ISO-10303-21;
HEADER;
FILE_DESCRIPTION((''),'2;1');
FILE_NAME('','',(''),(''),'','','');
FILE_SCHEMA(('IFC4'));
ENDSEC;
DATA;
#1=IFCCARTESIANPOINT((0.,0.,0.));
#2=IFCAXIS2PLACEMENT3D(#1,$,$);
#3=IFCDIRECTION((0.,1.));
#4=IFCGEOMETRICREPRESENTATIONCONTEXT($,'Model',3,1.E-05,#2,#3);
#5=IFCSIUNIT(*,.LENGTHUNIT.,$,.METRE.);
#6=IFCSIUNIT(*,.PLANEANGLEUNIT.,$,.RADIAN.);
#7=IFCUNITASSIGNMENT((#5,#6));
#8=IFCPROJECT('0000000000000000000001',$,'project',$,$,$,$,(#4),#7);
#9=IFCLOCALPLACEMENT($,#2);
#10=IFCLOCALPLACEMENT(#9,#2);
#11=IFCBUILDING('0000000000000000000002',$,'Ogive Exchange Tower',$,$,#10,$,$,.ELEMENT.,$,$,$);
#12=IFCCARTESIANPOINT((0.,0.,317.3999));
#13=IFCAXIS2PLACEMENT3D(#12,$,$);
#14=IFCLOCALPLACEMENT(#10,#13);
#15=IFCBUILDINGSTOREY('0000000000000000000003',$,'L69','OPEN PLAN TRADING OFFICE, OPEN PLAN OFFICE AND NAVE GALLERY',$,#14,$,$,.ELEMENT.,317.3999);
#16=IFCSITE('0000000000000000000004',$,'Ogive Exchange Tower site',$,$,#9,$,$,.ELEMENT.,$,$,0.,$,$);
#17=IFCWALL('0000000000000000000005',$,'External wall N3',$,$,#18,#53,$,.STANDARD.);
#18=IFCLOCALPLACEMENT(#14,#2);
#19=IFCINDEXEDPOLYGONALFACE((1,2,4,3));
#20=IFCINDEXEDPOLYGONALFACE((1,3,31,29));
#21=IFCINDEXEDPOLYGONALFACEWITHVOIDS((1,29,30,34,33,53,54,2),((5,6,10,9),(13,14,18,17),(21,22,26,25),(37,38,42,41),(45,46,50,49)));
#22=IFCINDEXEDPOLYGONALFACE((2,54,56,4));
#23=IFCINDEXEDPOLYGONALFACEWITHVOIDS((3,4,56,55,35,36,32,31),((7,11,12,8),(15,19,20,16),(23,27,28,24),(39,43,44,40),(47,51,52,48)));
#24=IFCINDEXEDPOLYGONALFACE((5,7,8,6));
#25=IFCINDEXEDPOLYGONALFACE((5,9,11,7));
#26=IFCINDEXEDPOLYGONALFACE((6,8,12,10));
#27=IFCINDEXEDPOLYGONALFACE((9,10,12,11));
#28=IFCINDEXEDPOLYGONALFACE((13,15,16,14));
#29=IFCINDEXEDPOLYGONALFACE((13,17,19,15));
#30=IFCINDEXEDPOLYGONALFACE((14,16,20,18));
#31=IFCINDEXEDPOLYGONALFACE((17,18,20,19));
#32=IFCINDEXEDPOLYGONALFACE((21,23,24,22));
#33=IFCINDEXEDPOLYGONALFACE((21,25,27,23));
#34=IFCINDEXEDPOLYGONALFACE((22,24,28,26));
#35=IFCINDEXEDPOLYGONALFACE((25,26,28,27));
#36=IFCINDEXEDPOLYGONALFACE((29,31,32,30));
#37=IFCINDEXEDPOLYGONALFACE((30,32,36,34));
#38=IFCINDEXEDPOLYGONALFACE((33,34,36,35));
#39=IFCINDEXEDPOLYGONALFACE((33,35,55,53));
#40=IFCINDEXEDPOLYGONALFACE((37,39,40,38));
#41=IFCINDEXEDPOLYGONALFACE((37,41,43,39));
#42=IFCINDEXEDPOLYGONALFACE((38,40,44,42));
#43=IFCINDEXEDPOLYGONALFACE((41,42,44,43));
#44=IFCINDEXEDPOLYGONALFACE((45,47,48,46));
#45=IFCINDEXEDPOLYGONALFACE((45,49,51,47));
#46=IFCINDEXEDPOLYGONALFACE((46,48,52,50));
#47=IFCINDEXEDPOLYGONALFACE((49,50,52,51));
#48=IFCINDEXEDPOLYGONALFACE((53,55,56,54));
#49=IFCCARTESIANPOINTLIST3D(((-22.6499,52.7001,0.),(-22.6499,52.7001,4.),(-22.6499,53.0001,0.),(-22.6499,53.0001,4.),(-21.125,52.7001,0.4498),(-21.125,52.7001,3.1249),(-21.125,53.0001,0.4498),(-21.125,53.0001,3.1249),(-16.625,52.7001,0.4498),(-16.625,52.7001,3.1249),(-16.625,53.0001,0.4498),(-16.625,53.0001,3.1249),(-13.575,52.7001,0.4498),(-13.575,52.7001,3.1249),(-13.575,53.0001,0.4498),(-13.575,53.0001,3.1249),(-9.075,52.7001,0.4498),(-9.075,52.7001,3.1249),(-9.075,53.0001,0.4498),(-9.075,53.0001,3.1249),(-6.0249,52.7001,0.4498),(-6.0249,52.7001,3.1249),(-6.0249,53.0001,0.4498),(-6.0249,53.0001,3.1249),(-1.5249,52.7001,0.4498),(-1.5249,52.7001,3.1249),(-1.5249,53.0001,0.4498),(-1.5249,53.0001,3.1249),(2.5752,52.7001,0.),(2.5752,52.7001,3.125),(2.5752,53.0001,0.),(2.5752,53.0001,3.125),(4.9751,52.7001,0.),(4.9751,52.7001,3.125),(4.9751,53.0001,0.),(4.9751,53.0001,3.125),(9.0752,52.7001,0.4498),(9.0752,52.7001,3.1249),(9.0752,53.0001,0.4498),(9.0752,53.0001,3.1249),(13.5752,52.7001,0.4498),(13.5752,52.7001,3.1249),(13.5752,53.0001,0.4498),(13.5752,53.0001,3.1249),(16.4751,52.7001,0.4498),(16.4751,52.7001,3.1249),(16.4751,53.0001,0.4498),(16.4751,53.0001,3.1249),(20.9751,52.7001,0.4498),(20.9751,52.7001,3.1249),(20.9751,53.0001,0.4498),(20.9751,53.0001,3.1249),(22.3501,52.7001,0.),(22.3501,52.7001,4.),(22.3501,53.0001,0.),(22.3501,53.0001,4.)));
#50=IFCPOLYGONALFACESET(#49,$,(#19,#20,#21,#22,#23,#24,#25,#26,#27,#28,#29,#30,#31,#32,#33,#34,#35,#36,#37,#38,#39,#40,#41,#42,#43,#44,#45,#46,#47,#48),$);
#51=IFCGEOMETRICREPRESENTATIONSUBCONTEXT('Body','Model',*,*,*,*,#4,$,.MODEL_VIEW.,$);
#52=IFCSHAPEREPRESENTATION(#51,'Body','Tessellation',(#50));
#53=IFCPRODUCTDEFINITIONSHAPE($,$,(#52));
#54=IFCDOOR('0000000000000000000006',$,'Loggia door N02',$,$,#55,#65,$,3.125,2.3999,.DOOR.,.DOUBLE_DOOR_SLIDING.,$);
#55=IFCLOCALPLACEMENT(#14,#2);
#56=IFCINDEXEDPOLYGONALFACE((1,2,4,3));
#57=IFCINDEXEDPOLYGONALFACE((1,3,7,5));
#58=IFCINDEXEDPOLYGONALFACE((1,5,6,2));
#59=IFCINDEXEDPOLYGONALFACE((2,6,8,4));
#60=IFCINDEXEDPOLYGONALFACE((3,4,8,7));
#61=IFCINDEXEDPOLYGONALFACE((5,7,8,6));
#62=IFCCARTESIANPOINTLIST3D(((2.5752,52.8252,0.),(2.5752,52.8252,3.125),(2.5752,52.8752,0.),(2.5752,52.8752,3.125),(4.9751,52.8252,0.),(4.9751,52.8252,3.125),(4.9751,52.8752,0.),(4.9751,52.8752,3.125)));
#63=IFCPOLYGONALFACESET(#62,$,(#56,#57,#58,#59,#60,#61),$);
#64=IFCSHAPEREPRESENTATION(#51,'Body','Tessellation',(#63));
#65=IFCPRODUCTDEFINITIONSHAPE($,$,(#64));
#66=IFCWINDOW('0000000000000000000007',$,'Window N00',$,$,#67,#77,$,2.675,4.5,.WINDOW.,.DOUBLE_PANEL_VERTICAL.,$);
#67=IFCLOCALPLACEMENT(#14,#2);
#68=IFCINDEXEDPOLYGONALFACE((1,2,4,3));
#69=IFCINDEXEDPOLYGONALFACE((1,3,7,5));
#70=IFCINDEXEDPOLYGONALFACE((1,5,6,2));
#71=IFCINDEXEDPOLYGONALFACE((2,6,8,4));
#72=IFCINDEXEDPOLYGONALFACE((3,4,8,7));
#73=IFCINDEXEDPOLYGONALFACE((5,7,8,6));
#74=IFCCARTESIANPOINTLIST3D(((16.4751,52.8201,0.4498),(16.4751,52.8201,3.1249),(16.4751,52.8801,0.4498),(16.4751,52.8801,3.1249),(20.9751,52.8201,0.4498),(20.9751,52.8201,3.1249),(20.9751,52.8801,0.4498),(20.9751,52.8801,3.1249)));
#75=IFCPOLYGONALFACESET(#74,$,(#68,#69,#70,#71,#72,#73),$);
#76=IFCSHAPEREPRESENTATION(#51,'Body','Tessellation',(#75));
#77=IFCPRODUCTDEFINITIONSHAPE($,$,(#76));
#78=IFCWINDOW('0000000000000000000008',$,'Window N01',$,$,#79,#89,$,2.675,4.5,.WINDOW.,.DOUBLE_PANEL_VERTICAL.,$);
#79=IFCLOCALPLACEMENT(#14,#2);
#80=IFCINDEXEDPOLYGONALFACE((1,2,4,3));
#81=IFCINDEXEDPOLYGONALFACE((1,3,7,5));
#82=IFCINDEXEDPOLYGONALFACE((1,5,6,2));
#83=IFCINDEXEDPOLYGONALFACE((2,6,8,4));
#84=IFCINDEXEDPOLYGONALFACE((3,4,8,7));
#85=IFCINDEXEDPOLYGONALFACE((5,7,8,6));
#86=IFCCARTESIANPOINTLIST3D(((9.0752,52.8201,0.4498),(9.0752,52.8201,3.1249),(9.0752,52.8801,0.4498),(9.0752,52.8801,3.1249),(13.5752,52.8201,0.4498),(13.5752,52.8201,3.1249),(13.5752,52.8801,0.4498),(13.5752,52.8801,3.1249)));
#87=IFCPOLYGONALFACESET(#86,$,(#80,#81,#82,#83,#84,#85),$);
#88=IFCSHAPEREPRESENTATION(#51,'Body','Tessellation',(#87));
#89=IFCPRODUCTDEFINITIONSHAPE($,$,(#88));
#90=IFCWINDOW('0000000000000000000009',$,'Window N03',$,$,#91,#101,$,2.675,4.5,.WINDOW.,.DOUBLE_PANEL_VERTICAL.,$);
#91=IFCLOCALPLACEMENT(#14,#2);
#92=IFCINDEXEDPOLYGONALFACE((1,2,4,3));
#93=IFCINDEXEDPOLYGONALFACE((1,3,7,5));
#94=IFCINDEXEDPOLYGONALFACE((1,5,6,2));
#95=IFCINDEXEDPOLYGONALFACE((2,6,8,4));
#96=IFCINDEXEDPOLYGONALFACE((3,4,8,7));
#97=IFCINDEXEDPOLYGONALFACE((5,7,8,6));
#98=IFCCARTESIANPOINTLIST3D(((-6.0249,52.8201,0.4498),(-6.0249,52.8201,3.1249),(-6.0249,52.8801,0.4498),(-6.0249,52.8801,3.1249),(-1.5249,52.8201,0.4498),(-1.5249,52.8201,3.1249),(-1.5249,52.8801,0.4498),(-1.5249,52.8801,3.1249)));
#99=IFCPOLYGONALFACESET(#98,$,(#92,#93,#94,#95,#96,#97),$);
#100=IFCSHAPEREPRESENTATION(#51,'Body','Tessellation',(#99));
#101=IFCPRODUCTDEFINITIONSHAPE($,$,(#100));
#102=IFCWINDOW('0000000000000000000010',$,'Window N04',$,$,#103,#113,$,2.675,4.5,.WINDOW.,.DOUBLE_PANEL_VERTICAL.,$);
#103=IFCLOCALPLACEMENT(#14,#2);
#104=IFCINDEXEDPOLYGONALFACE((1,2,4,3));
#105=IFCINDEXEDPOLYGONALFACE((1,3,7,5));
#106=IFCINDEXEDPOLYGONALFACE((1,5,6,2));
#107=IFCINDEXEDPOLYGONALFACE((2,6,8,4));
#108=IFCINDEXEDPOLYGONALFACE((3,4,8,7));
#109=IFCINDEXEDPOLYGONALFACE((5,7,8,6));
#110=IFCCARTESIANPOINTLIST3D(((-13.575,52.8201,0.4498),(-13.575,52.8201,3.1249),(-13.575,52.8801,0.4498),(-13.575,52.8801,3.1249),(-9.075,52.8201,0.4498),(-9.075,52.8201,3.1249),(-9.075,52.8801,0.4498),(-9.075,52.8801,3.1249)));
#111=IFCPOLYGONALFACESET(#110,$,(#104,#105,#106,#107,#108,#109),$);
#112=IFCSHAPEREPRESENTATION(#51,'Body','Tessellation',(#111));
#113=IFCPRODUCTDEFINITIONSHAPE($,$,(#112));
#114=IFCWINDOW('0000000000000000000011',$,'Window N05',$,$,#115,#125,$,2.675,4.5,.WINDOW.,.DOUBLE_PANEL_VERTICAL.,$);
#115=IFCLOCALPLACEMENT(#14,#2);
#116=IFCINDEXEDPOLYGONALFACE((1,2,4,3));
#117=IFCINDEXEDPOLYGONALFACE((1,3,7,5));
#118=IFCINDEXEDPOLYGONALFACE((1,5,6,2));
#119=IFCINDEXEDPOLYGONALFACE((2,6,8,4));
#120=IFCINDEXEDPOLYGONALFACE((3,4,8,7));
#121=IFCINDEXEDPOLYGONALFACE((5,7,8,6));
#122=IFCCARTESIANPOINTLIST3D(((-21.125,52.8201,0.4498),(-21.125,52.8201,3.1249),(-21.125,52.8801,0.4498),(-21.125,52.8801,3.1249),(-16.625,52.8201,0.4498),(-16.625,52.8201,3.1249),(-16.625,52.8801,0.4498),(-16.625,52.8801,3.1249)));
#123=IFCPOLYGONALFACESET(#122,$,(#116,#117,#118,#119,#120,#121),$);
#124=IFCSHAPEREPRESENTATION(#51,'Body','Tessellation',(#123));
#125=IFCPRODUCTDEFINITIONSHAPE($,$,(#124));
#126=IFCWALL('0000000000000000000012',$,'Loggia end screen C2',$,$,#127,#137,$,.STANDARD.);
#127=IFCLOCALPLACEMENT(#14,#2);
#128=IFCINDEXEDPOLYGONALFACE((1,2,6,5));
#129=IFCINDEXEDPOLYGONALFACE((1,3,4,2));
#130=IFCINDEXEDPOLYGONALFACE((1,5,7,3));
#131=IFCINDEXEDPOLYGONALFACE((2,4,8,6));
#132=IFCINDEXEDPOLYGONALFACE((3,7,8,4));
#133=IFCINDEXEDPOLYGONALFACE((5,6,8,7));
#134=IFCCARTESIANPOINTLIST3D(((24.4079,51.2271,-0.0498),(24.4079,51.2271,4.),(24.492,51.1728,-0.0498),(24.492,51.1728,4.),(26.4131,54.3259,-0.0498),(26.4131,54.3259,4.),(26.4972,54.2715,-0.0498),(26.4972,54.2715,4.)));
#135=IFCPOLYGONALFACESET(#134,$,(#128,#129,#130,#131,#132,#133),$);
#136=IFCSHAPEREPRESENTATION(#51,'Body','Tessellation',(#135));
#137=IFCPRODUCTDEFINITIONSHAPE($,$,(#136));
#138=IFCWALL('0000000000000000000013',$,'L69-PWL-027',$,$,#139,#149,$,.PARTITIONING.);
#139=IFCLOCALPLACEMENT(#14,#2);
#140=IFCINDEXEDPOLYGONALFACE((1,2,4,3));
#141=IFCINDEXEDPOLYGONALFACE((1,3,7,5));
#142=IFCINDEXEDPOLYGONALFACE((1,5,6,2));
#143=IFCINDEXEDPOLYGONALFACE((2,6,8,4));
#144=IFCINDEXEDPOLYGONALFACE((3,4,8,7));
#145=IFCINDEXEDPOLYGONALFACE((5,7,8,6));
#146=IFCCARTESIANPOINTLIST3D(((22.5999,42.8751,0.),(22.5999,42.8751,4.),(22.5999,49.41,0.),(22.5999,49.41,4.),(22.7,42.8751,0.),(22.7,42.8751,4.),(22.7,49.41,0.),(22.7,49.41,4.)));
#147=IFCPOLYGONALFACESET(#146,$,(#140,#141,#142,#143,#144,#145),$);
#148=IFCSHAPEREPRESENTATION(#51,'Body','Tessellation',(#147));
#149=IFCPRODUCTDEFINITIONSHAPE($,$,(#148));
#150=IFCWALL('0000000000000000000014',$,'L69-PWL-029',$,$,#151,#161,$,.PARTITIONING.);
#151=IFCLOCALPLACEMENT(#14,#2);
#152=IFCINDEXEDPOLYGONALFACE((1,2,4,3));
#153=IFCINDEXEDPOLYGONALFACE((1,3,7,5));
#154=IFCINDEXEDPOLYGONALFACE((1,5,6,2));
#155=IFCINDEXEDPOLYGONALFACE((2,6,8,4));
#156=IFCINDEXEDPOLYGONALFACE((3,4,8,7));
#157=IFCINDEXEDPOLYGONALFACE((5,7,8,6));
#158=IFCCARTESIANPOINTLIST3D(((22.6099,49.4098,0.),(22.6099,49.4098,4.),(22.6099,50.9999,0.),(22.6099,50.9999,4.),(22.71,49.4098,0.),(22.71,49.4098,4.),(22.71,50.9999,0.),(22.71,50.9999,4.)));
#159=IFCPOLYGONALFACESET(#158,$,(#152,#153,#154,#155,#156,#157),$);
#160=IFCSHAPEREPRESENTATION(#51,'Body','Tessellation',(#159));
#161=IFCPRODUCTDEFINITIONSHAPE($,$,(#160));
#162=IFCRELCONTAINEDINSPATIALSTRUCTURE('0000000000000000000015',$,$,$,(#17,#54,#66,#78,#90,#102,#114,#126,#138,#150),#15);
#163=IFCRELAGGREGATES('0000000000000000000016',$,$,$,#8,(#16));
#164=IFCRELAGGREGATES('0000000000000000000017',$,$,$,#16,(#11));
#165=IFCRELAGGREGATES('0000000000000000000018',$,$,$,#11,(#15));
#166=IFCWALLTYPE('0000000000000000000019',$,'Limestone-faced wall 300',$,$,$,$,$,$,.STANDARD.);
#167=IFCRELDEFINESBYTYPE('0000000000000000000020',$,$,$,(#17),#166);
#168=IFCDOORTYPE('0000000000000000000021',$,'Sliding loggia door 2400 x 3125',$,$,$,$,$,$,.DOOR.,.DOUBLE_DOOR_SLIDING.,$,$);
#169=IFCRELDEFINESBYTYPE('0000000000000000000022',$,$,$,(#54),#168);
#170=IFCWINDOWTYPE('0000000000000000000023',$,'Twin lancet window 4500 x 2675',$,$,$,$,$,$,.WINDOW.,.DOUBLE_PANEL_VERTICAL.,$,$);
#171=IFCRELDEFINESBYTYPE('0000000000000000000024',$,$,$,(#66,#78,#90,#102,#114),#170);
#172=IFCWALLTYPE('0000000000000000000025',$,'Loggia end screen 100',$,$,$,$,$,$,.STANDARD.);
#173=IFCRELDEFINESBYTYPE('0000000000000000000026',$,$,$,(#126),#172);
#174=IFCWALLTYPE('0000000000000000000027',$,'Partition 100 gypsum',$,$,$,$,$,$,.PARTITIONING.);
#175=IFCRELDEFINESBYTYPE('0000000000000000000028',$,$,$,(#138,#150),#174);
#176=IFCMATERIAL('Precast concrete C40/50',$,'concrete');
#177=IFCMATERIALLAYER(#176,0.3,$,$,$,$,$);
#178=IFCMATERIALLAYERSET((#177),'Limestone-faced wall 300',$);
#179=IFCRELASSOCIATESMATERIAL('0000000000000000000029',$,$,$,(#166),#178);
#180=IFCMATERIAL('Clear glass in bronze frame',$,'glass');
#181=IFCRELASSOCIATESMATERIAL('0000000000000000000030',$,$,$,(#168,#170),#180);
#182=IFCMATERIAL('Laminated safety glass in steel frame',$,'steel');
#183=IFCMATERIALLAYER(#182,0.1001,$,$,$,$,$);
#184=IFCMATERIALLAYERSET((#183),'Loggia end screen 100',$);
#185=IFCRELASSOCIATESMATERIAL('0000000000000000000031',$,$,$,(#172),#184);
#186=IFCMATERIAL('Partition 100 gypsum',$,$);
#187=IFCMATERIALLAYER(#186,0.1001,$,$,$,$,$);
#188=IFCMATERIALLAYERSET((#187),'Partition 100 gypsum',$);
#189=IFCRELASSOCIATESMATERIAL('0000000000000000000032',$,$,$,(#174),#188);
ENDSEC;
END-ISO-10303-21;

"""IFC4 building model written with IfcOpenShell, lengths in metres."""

from ifc_helpers import new_model, si_unit, direction, frame, frame_2d, origin, place, context, subcontext, project, spatial, rectangle, extrude, material, layer, layer_set, type_object, element, fill, save


model = new_model("IFC4")

# Units and contexts
model_context = context("Model", 3, precision=1e-05, world=origin(), true_north=direction((0.0, 1.0)))
body_context = subcontext(model_context, "Body", "Model", "MODEL_VIEW")
ifc_project = project(units=[si_unit("LENGTHUNIT", "METRE"), si_unit("PLANEANGLEUNIT", "RADIAN")], contexts=[model_context])

# Site, building, storey
site_placement = place(None, origin())
site = spatial("IfcSite", under=ifc_project, at=site_placement, Name="Ogive Exchange Tower site", CompositionType="ELEMENT", RefElevation=0.0)
building_placement = place(site_placement, origin())
building = spatial("IfcBuilding", under=site, at=building_placement, Name="Ogive Exchange Tower", CompositionType="ELEMENT")
storey_placement = place(building_placement, frame((0.0, 0.0, 317.3999)))
storey = spatial("IfcBuildingStorey", under=building, at=storey_placement, Name="L69", Description="OPEN PLAN TRADING OFFICE, OPEN PLAN OFFICE AND NAVE GALLERY", CompositionType="ELEMENT", Elevation=317.3999)

# Wall, openings, door, windows
ifc_material_1 = material(Name="Precast concrete C40/50", Category="concrete")
ifc_layer_1 = layer(ifc_material_1, 0.3)
ifc_layer_set_1 = layer_set([ifc_layer_1], Name="Limestone-faced wall 300")
wall_type_1 = type_object("IfcWallType", Name="Limestone-faced wall 300", PredefinedType="STANDARD", material=ifc_layer_set_1)
wall_1_placement = place(storey_placement, frame((22.3501, 52.8501, 0.0), z_axis=(0.0, 0.0, 1.0), x_axis=(-1.0, 0.0, 0.0)))
wall_1 = element("IfcWall", 1, at=wall_1_placement, inside=storey, type_object=wall_type_1, Name="External wall N3", PredefinedType="STANDARD", context=body_context, shape_type="SweptSolid", body=[
    extrude(rectangle(XDim=45.0, YDim=0.3, at=frame_2d((22.5, 0.0))), origin(), (0.0, 0.0, 1.0), 4.0),
])
opening_1_placement = place(wall_1_placement, frame((1.375, 0.0, 0.45)))
opening_1 = element("IfcOpeningElement", 2, at=opening_1_placement, cuts=wall_1, PredefinedType="OPENING", context=body_context, shape_type="SweptSolid", body=[
    extrude(rectangle(XDim=4.5, YDim=2.675, at=frame_2d((2.25, 1.3374))), frame((0.0, 0.1599, 0.0), z_axis=(0.0, -1.0, 0.0), x_axis=(1.0, 0.0, 0.0)), (0.0, 0.0, 1.0), 0.3201),
])
opening_2_placement = place(wall_1_placement, frame((8.7749, 0.0, 0.45)))
opening_2 = element("IfcOpeningElement", 3, at=opening_2_placement, cuts=wall_1, PredefinedType="OPENING", context=body_context, shape_type="SweptSolid", body=[
    extrude(rectangle(XDim=4.5, YDim=2.675, at=frame_2d((2.25, 1.3374))), frame((0.0, 0.1599, 0.0), z_axis=(0.0, -1.0, 0.0), x_axis=(1.0, 0.0, 0.0)), (0.0, 0.0, 1.0), 0.3201),
])
opening_3_placement = place(wall_1_placement, frame((17.375, 0.0, 0.0)))
opening_3 = element("IfcOpeningElement", 4, at=opening_3_placement, cuts=wall_1, PredefinedType="OPENING", context=body_context, shape_type="SweptSolid", body=[
    extrude(rectangle(XDim=2.3999, YDim=3.125, at=frame_2d((1.2, 1.5625))), frame((0.0, 0.1599, 0.0), z_axis=(0.0, -1.0, 0.0), x_axis=(1.0, 0.0, 0.0)), (0.0, 0.0, 1.0), 0.3201),
])
opening_4_placement = place(wall_1_placement, frame((23.875, 0.0, 0.45)))
opening_4 = element("IfcOpeningElement", 5, at=opening_4_placement, cuts=wall_1, PredefinedType="OPENING", context=body_context, shape_type="SweptSolid", body=[
    extrude(rectangle(XDim=4.5, YDim=2.675, at=frame_2d((2.25, 1.3374))), frame((0.0, 0.1599, 0.0), z_axis=(0.0, -1.0, 0.0), x_axis=(1.0, 0.0, 0.0)), (0.0, 0.0, 1.0), 0.3201),
])
opening_5_placement = place(wall_1_placement, frame((31.425, 0.0, 0.45)))
opening_5 = element("IfcOpeningElement", 6, at=opening_5_placement, cuts=wall_1, PredefinedType="OPENING", context=body_context, shape_type="SweptSolid", body=[
    extrude(rectangle(XDim=4.5, YDim=2.675, at=frame_2d((2.25, 1.3374))), frame((0.0, 0.1599, 0.0), z_axis=(0.0, -1.0, 0.0), x_axis=(1.0, 0.0, 0.0)), (0.0, 0.0, 1.0), 0.3201),
])
opening_6_placement = place(wall_1_placement, frame((38.9751, 0.0, 0.45)))
opening_6 = element("IfcOpeningElement", 7, at=opening_6_placement, cuts=wall_1, PredefinedType="OPENING", context=body_context, shape_type="SweptSolid", body=[
    extrude(rectangle(XDim=4.5, YDim=2.675, at=frame_2d((2.25, 1.3374))), frame((0.0, 0.1599, 0.0), z_axis=(0.0, -1.0, 0.0), x_axis=(1.0, 0.0, 0.0)), (0.0, 0.0, 1.0), 0.3201),
])
ifc_material_2 = material(Name="Clear glass in bronze frame", Category="glass")
door_type_1 = type_object("IfcDoorType", Name="Sliding loggia door 2400 x 3125", OperationType="DOUBLE_DOOR_SLIDING", PredefinedType="DOOR", material=ifc_material_2)
door_1_placement = place(opening_3_placement, origin())
door_1 = element("IfcDoor", 8, at=door_1_placement, inside=storey, type_object=door_type_1, Name="Loggia door N02", OperationType="DOUBLE_DOOR_SLIDING", OverallHeight=3.125, OverallWidth=2.3999, PredefinedType="DOOR", context=body_context, shape_type="SweptSolid", body=[
    extrude(rectangle(XDim=2.3999, YDim=3.125, at=frame_2d((1.2, 1.5625))), frame((0.0, 0.0249, 0.0), z_axis=(0.0, -1.0, 0.0), x_axis=(1.0, 0.0, 0.0)), (0.0, 0.0, 1.0), 0.05),
])
fill(opening_3, door_1)
window_type = type_object("IfcWindowType", Name="Twin lancet window 4500 x 2675", PartitioningType="DOUBLE_PANEL_VERTICAL", PredefinedType="WINDOW", material=ifc_material_2)
window_1_placement = place(opening_1_placement, origin())
window_1 = element("IfcWindow", 9, at=window_1_placement, inside=storey, type_object=window_type, Name="Window N00", OverallHeight=2.675, OverallWidth=4.5, PartitioningType="DOUBLE_PANEL_VERTICAL", PredefinedType="WINDOW", context=body_context, shape_type="SweptSolid", body=[
    extrude(rectangle(XDim=4.5, YDim=2.675, at=frame_2d((2.25, 1.3374))), frame((0.0, 0.03, 0.0), z_axis=(0.0, -1.0, 0.0), x_axis=(1.0, 0.0, 0.0)), (0.0, 0.0, 1.0), 0.0601),
])
fill(opening_1, window_1)
window_2_placement = place(opening_2_placement, origin())
window_2 = element("IfcWindow", 10, at=window_2_placement, inside=storey, type_object=window_type, Name="Window N01", OverallHeight=2.675, OverallWidth=4.5, PartitioningType="DOUBLE_PANEL_VERTICAL", PredefinedType="WINDOW", context=body_context, shape_type="SweptSolid", body=[
    extrude(rectangle(XDim=4.5, YDim=2.675, at=frame_2d((2.25, 1.3374))), frame((0.0, 0.03, 0.0), z_axis=(0.0, -1.0, 0.0), x_axis=(1.0, 0.0, 0.0)), (0.0, 0.0, 1.0), 0.0601),
])
fill(opening_2, window_2)
window_3_placement = place(opening_4_placement, origin())
window_3 = element("IfcWindow", 11, at=window_3_placement, inside=storey, type_object=window_type, Name="Window N03", OverallHeight=2.675, OverallWidth=4.5, PartitioningType="DOUBLE_PANEL_VERTICAL", PredefinedType="WINDOW", context=body_context, shape_type="SweptSolid", body=[
    extrude(rectangle(XDim=4.5, YDim=2.675, at=frame_2d((2.25, 1.3374))), frame((0.0, 0.03, 0.0), z_axis=(0.0, -1.0, 0.0), x_axis=(1.0, 0.0, 0.0)), (0.0, 0.0, 1.0), 0.0601),
])
fill(opening_4, window_3)
window_4_placement = place(opening_5_placement, origin())
window_4 = element("IfcWindow", 12, at=window_4_placement, inside=storey, type_object=window_type, Name="Window N04", OverallHeight=2.675, OverallWidth=4.5, PartitioningType="DOUBLE_PANEL_VERTICAL", PredefinedType="WINDOW", context=body_context, shape_type="SweptSolid", body=[
    extrude(rectangle(XDim=4.5, YDim=2.675, at=frame_2d((2.25, 1.3374))), frame((0.0, 0.03, 0.0), z_axis=(0.0, -1.0, 0.0), x_axis=(1.0, 0.0, 0.0)), (0.0, 0.0, 1.0), 0.0601),
])
fill(opening_5, window_4)
window_5_placement = place(opening_6_placement, origin())
window_5 = element("IfcWindow", 13, at=window_5_placement, inside=storey, type_object=window_type, Name="Window N05", OverallHeight=2.675, OverallWidth=4.5, PartitioningType="DOUBLE_PANEL_VERTICAL", PredefinedType="WINDOW", context=body_context, shape_type="SweptSolid", body=[
    extrude(rectangle(XDim=4.5, YDim=2.675, at=frame_2d((2.25, 1.3374))), frame((0.0, 0.03, 0.0), z_axis=(0.0, -1.0, 0.0), x_axis=(1.0, 0.0, 0.0)), (0.0, 0.0, 1.0), 0.0601),
])
fill(opening_6, window_5)

# Walls
ifc_material_3 = material(Name="Laminated safety glass in steel frame", Category="steel")
ifc_layer_2 = layer(ifc_material_3, 0.1001)
ifc_layer_set_2 = layer_set([ifc_layer_2], Name="Loggia end screen 100")
wall_type_2 = type_object("IfcWallType", Name="Loggia end screen 100", PredefinedType="STANDARD", material=ifc_layer_set_2)
wall_2_placement = place(storey_placement, frame((24.45, 51.2, -0.0498), z_axis=(0.0, 0.0, 1.0), x_axis=(0.543276, 0.839554, 0.0)))
element("IfcWall", 14, at=wall_2_placement, inside=storey, type_object=wall_type_2, Name="Loggia end screen C2", PredefinedType="STANDARD", context=body_context, shape_type="SweptSolid", body=[
    extrude(rectangle(XDim=3.6909, YDim=0.1001, at=frame_2d((1.8455, 0.0))), origin(), (0.0, 0.0, 1.0), 4.0498),
])
ifc_material_4 = material(Name="Partition 100 gypsum")
ifc_layer_3 = layer(ifc_material_4, 0.1001)
ifc_layer_set_3 = layer_set([ifc_layer_3], Name="Partition 100 gypsum")
wall_type_3 = type_object("IfcWallType", Name="Partition 100 gypsum", PredefinedType="PARTITIONING", material=ifc_layer_set_3)
wall_3_placement = place(storey_placement, frame((22.6499, 42.875, 0.0), z_axis=(0.0, 0.0, 1.0), x_axis=(0.0, 1.0, 0.0)))
element("IfcWall", 15, at=wall_3_placement, inside=storey, type_object=wall_type_3, Name="L69-PWL-027", PredefinedType="PARTITIONING", context=body_context, shape_type="SweptSolid", body=[
    extrude(rectangle(XDim=6.5349, YDim=0.1001, at=frame_2d((3.2676, 0.0))), origin(), (0.0, 0.0, 1.0), 4.0),
])
wall_4_placement = place(storey_placement, frame((22.6599, 49.4099, 0.0), z_axis=(0.0, 0.0, 1.0), x_axis=(0.0, 1.0, 0.0)))
element("IfcWall", 16, at=wall_4_placement, inside=storey, type_object=wall_type_3, Name="L69-PWL-029", PredefinedType="PARTITIONING", context=body_context, shape_type="SweptSolid", body=[
    extrude(rectangle(XDim=1.5901, YDim=0.1001, at=frame_2d((0.7949, 0.0))), origin(), (0.0, 0.0, 1.0), 4.0),
])

save(model, "model.ifc")
